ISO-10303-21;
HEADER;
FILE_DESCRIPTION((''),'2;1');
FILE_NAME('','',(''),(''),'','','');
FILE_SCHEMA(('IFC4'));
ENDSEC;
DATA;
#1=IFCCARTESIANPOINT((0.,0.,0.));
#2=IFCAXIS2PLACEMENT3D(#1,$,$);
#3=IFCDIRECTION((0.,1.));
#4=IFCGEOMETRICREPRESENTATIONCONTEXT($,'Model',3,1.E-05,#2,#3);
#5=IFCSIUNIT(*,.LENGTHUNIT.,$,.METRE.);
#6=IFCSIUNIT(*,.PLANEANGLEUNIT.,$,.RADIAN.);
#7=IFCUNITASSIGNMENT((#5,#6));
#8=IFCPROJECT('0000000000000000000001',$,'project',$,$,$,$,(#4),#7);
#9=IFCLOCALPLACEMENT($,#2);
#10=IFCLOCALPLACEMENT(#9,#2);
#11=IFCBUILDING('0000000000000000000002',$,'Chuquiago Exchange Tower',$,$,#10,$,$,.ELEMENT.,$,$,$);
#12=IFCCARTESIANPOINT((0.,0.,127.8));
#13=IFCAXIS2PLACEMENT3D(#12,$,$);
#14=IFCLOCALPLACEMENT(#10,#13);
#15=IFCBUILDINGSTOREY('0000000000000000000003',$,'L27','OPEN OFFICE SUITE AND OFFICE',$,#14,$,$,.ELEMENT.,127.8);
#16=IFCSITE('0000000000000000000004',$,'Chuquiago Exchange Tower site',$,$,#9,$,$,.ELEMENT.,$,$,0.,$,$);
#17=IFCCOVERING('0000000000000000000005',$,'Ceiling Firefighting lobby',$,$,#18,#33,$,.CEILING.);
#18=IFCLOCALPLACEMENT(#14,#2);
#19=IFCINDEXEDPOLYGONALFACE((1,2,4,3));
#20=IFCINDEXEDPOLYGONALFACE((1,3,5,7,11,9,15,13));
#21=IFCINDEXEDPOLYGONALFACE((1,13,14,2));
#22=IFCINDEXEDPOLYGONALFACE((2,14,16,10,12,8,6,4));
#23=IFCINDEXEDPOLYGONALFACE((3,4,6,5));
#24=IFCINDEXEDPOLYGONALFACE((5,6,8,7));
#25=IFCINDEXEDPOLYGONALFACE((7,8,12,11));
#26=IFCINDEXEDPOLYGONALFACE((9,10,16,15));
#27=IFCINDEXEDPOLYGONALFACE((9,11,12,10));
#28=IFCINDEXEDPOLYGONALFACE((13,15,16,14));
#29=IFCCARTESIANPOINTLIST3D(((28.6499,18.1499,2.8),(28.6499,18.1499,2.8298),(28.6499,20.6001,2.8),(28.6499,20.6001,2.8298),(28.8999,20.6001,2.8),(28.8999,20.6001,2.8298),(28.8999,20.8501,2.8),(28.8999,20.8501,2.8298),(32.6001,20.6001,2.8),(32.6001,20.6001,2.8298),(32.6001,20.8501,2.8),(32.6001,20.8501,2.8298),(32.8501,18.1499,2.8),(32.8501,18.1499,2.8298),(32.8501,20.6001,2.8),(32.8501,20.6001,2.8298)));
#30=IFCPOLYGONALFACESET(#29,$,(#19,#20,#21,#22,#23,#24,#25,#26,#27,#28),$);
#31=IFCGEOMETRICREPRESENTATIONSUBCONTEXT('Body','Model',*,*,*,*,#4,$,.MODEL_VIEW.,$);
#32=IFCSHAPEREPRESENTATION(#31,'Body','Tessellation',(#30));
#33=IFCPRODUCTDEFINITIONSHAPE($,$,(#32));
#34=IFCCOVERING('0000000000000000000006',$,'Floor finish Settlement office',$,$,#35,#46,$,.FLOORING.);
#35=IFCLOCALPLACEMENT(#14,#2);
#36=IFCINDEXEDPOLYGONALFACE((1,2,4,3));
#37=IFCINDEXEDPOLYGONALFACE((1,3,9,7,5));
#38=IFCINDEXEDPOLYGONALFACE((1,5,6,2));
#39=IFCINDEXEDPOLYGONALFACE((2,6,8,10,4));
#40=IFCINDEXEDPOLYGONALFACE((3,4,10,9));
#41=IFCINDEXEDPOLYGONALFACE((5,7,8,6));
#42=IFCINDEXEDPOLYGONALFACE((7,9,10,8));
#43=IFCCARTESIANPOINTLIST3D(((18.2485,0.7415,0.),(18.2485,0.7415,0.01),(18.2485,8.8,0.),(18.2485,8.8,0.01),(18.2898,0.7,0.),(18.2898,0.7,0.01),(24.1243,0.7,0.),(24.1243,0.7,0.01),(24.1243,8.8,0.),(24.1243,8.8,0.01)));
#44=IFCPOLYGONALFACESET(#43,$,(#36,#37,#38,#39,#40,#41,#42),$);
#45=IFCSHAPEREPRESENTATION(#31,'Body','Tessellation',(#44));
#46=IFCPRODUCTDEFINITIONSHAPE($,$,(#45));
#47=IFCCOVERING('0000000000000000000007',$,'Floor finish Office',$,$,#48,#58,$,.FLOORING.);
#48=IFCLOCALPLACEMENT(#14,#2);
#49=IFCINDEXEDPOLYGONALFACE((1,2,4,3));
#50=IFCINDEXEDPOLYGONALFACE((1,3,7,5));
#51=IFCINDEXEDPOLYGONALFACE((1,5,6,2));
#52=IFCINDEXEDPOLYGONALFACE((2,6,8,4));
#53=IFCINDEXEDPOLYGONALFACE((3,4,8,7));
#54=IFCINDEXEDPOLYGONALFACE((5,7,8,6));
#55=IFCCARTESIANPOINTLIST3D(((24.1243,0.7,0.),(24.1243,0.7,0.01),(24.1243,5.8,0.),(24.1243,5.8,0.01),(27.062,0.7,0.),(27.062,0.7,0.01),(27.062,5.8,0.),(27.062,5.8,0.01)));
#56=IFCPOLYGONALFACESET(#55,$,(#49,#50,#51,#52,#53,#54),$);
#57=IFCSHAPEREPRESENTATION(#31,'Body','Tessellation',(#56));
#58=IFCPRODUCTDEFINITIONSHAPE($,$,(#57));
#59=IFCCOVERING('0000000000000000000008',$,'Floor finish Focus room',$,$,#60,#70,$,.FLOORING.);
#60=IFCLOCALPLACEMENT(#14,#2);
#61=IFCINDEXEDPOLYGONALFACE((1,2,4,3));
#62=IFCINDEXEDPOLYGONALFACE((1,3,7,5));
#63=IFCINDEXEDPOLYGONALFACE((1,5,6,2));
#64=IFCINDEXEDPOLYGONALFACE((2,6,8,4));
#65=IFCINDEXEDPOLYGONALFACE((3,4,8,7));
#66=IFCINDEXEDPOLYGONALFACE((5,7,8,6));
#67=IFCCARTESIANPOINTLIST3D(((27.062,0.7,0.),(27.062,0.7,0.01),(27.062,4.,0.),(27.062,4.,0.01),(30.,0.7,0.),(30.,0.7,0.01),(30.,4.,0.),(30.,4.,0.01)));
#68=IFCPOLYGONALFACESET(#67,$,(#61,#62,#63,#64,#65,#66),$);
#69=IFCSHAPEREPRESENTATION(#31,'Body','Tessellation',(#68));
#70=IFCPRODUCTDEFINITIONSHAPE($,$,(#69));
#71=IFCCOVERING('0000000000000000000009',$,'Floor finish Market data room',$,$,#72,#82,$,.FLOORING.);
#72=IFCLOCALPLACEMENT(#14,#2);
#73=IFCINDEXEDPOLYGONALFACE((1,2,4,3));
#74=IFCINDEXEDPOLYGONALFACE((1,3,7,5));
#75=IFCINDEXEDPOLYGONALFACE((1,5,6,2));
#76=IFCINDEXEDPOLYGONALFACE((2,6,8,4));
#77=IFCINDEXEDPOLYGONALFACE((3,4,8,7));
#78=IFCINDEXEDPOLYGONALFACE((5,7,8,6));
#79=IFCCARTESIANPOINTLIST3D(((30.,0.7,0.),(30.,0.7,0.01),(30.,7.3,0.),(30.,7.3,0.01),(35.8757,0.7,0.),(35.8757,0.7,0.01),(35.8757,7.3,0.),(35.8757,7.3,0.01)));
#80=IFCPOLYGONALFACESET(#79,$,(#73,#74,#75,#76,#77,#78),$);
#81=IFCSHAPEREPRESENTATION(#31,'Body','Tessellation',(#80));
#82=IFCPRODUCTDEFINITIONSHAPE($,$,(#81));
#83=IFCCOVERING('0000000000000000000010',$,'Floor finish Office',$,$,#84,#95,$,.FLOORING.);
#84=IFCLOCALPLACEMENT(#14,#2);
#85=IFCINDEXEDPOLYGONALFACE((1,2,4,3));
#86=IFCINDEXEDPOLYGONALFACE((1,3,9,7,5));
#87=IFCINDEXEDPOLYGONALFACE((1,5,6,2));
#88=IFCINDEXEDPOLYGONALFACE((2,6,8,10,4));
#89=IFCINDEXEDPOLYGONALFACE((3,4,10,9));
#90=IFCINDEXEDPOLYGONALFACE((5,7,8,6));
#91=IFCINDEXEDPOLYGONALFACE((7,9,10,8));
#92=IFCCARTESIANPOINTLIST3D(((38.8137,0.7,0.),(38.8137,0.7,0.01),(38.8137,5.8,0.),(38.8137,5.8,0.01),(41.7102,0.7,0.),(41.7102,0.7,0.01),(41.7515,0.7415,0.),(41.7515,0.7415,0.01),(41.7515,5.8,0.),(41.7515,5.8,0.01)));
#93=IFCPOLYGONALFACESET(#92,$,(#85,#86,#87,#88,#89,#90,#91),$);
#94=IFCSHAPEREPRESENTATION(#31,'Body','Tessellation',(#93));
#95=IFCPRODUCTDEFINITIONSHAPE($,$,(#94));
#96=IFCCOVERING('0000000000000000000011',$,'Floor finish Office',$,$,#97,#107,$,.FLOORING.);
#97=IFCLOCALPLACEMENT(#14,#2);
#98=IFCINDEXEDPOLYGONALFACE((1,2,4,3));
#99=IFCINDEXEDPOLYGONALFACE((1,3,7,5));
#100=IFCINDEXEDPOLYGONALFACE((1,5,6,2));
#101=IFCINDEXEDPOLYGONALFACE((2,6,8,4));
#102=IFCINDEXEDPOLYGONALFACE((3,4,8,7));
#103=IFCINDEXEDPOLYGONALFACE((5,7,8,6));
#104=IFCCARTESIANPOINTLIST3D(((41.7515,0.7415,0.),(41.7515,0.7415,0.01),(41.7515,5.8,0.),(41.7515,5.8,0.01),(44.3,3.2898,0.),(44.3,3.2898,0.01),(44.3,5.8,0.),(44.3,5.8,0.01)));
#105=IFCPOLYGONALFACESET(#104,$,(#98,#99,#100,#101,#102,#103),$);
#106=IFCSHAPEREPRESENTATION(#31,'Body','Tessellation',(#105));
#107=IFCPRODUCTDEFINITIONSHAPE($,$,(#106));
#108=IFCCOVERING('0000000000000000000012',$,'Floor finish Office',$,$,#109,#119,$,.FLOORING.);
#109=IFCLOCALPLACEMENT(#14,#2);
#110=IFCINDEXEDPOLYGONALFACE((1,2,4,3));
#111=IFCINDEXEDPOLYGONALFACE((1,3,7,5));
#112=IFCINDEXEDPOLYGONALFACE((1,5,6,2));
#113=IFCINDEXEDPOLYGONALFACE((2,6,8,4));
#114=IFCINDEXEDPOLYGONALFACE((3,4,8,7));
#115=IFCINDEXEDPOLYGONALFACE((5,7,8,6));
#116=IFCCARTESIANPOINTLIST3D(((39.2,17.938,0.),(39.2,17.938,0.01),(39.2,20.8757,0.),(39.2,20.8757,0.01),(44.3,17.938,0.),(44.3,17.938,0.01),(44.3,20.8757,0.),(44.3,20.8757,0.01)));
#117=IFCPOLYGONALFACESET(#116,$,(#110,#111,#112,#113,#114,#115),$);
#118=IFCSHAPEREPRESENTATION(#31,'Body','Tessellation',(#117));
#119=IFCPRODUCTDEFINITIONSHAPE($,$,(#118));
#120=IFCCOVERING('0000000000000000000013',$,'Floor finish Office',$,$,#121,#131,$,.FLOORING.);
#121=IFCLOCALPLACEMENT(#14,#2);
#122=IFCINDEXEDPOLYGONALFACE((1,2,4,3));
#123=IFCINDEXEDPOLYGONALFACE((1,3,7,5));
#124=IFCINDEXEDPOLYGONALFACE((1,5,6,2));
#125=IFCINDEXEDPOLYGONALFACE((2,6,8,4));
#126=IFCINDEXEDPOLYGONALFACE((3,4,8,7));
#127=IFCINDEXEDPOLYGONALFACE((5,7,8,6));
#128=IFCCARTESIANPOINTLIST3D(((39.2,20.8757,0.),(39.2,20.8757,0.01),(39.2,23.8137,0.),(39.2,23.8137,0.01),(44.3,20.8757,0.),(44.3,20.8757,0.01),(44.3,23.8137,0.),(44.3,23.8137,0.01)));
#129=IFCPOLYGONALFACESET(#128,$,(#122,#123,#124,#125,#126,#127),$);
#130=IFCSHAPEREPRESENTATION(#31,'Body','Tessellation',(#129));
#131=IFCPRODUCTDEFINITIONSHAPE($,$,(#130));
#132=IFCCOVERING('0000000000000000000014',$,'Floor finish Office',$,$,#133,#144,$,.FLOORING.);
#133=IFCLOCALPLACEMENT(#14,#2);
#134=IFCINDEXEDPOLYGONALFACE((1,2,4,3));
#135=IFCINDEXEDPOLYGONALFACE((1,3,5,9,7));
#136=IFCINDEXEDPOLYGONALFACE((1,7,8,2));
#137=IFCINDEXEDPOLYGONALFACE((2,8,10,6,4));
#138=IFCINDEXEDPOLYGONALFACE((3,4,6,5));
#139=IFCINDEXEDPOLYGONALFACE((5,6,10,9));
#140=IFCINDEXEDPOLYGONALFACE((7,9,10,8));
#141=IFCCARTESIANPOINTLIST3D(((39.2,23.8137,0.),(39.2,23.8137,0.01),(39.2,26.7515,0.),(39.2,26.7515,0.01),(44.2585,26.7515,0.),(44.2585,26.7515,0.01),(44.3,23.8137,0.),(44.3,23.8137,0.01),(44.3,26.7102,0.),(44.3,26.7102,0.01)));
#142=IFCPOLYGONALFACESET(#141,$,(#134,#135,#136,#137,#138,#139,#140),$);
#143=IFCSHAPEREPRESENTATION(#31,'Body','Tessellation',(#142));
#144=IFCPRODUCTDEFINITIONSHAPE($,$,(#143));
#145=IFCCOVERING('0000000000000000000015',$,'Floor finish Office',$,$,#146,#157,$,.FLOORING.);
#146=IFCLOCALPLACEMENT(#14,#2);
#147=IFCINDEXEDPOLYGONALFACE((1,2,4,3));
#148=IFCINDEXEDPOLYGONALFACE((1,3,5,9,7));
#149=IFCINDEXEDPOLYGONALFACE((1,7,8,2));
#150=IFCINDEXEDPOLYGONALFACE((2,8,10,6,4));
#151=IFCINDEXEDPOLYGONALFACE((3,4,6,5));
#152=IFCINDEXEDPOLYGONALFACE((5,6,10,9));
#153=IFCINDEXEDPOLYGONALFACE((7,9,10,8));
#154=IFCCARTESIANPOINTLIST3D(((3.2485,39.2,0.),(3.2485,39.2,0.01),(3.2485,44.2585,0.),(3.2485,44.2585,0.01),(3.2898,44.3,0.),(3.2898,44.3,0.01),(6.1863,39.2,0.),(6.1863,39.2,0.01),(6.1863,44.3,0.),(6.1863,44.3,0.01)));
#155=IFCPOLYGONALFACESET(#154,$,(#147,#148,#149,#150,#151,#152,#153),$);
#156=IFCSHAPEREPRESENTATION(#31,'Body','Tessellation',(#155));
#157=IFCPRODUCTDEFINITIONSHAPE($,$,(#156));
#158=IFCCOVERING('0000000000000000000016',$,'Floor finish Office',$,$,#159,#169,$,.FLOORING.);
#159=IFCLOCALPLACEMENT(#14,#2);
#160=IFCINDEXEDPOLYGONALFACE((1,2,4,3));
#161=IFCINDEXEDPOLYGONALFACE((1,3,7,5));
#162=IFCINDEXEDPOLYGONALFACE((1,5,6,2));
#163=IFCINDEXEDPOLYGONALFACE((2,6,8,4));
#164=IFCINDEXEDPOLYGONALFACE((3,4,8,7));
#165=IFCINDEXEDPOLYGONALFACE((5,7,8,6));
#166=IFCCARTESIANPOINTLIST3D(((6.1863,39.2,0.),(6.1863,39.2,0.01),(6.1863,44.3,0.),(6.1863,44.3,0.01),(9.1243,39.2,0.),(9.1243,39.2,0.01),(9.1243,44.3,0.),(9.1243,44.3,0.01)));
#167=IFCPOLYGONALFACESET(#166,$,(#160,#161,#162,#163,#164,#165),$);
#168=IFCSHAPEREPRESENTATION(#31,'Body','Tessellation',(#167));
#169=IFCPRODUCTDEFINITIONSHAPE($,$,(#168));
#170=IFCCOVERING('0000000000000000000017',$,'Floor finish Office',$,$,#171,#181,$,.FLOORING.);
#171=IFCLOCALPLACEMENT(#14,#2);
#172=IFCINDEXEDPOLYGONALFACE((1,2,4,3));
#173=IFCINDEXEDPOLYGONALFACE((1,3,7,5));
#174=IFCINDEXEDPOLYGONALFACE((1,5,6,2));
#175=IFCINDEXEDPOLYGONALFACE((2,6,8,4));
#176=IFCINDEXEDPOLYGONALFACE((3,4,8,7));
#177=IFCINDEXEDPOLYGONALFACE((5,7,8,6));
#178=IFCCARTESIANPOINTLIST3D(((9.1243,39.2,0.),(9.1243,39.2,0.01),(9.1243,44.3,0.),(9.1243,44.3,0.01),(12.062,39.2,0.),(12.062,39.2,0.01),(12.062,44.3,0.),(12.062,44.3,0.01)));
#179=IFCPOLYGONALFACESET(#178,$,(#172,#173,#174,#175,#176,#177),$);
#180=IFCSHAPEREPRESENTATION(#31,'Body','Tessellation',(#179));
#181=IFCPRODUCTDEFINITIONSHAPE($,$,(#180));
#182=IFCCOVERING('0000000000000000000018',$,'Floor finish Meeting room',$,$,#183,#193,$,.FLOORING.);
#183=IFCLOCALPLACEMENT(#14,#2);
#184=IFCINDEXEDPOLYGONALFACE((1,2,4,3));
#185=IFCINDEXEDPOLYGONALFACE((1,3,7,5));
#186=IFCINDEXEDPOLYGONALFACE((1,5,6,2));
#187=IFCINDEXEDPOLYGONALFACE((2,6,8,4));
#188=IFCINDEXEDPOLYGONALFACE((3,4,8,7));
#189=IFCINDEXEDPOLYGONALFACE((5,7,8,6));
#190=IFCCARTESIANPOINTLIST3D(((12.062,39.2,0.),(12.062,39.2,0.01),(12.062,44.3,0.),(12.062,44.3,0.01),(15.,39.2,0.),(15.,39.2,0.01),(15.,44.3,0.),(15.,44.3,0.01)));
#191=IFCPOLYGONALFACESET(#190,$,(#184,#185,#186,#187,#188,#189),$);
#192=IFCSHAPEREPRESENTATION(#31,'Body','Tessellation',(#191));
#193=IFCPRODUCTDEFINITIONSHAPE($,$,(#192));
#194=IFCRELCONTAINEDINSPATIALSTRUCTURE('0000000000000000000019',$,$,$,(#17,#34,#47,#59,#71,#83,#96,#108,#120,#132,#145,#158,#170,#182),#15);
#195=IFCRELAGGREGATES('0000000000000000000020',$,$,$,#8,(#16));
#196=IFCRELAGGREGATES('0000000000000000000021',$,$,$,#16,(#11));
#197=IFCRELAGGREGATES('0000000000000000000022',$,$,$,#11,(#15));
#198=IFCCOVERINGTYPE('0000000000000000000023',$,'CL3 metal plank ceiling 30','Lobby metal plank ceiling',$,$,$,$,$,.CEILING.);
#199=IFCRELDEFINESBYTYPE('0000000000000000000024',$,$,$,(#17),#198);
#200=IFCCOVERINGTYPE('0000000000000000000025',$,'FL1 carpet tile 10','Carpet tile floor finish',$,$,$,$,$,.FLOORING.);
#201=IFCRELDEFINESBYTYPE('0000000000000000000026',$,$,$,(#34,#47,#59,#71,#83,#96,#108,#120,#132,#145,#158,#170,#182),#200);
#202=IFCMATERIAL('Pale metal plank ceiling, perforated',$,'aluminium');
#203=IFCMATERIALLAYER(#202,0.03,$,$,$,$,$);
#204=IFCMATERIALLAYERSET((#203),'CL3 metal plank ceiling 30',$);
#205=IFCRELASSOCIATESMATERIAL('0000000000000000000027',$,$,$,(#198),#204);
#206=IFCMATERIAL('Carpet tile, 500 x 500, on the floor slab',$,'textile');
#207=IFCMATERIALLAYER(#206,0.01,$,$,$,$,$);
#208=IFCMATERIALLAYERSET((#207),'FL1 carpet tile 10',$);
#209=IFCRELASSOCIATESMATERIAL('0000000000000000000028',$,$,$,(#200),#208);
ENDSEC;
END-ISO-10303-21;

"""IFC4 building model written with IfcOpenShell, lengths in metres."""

from ifc_helpers import new_model, si_unit, direction, frame, origin, place, context, subcontext, project, spatial, polyline, outline, extrude, material, layer, layer_set, type_object, element, save


model = new_model("IFC4")

# Units and contexts
model_context = context("Model", 3, precision=1e-05, world=origin(), true_north=direction((0.0, 1.0)))
body_context = subcontext(model_context, "Body", "Model", "MODEL_VIEW")
ifc_project = project(units=[si_unit("LENGTHUNIT", "METRE"), si_unit("PLANEANGLEUNIT", "RADIAN")], contexts=[model_context])

# Site, building, storey
site_placement = place(None, origin())
site = spatial("IfcSite", under=ifc_project, at=site_placement, Name="Chuquiago Exchange Tower site", CompositionType="ELEMENT", RefElevation=0.0)
building_placement = place(site_placement, origin())
building = spatial("IfcBuilding", under=site, at=building_placement, Name="Chuquiago Exchange Tower", CompositionType="ELEMENT")
storey_placement = place(building_placement, frame((0.0, 0.0, 127.8)))
storey = spatial("IfcBuildingStorey", under=building, at=storey_placement, Name="L27", Description="OPEN OFFICE SUITE AND OFFICE", CompositionType="ELEMENT", Elevation=127.8)

# Coverings
ifc_material_1 = material(Name="Pale metal plank ceiling, perforated", Category="aluminium")
ifc_layer_1 = layer(ifc_material_1, 0.03)
ifc_layer_set_1 = layer_set([ifc_layer_1], Name="CL3 metal plank ceiling 30")
covering_type_1 = type_object("IfcCoveringType", Name="CL3 metal plank ceiling 30", Description="Lobby metal plank ceiling", PredefinedType="CEILING", material=ifc_layer_set_1)
covering_1_placement = place(storey_placement, frame((0.0, 0.0, 2.8)))
element("IfcCovering", 1, at=covering_1_placement, inside=storey, type_object=covering_type_1, Name="Ceiling Firefighting lobby", PredefinedType="CEILING", context=body_context, shape_type="SweptSolid", body=[
    extrude(outline(polyline([(28.6499, 18.1499), (28.6499, 20.6001), (28.8999, 20.6001), (28.8999, 20.8501), (32.6001, 20.8501), (32.6001, 20.6001), (32.8501, 20.6001), (32.8501, 18.1499), (28.6499, 18.1499)])), origin(), (0.0, 0.0, 1.0), 0.0298),
])
ifc_material_2 = material(Name="Carpet tile, 500 x 500, on the floor slab", Category="textile")
ifc_layer_2 = layer(ifc_material_2, 0.01)
ifc_layer_set_2 = layer_set([ifc_layer_2], Name="FL1 carpet tile 10")
covering_type_2 = type_object("IfcCoveringType", Name="FL1 carpet tile 10", Description="Carpet tile floor finish", PredefinedType="FLOORING", material=ifc_layer_set_2)
covering_2_placement = place(storey_placement, origin())
element("IfcCovering", 2, at=covering_2_placement, inside=storey, type_object=covering_type_2, Name="Floor finish Settlement office", PredefinedType="FLOORING", context=body_context, shape_type="SweptSolid", body=[
    extrude(outline(polyline([(18.2898, 0.7), (18.2485, 0.7415), (18.2485, 8.8), (24.1243, 8.8), (24.1243, 0.7), (18.2898, 0.7)])), origin(), (0.0, 0.0, 1.0), 0.01),
])
covering_3_placement = place(storey_placement, origin())
element("IfcCovering", 3, at=covering_3_placement, inside=storey, type_object=covering_type_2, Name="Floor finish Office", PredefinedType="FLOORING", context=body_context, shape_type="SweptSolid", body=[
    extrude(outline(polyline([(24.1243, 0.7), (24.1243, 5.8), (27.062, 5.8), (27.062, 0.7), (24.1243, 0.7)])), origin(), (0.0, 0.0, 1.0), 0.01),
])
covering_4_placement = place(storey_placement, origin())
element("IfcCovering", 4, at=covering_4_placement, inside=storey, type_object=covering_type_2, Name="Floor finish Focus room", PredefinedType="FLOORING", context=body_context, shape_type="SweptSolid", body=[
    extrude(outline(polyline([(27.062, 0.7), (27.062, 4.0), (30.0, 4.0), (30.0, 0.7), (27.062, 0.7)])), origin(), (0.0, 0.0, 1.0), 0.01),
])
covering_5_placement = place(storey_placement, origin())
element("IfcCovering", 5, at=covering_5_placement, inside=storey, type_object=covering_type_2, Name="Floor finish Market data room", PredefinedType="FLOORING", context=body_context, shape_type="SweptSolid", body=[
    extrude(outline(polyline([(30.0, 0.7), (30.0, 7.3), (35.8757, 7.3), (35.8757, 0.7), (30.0, 0.7)])), origin(), (0.0, 0.0, 1.0), 0.01),
])
covering_6_placement = place(storey_placement, origin())
element("IfcCovering", 6, at=covering_6_placement, inside=storey, type_object=covering_type_2, Name="Floor finish Office", PredefinedType="FLOORING", context=body_context, shape_type="SweptSolid", body=[
    extrude(outline(polyline([(41.7102, 0.7), (38.8137, 0.7), (38.8137, 5.8), (41.7515, 5.8), (41.7515, 0.7415), (41.7102, 0.7)])), origin(), (0.0, 0.0, 1.0), 0.01),
])
covering_7_placement = place(storey_placement, origin())
element("IfcCovering", 7, at=covering_7_placement, inside=storey, type_object=covering_type_2, Name="Floor finish Office", PredefinedType="FLOORING", context=body_context, shape_type="SweptSolid", body=[
    extrude(outline(polyline([(44.3, 3.2898), (41.7515, 0.7415), (41.7515, 5.8), (44.3, 5.8), (44.3, 3.2898)])), origin(), (0.0, 0.0, 1.0), 0.01),
])
covering_8_placement = place(storey_placement, origin())
element("IfcCovering", 8, at=covering_8_placement, inside=storey, type_object=covering_type_2, Name="Floor finish Office", PredefinedType="FLOORING", context=body_context, shape_type="SweptSolid", body=[
    extrude(outline(polyline([(44.3, 17.938), (39.2, 17.938), (39.2, 20.8757), (44.3, 20.8757), (44.3, 17.938)])), origin(), (0.0, 0.0, 1.0), 0.01),
])
covering_9_placement = place(storey_placement, origin())
element("IfcCovering", 9, at=covering_9_placement, inside=storey, type_object=covering_type_2, Name="Floor finish Office", PredefinedType="FLOORING", context=body_context, shape_type="SweptSolid", body=[
    extrude(outline(polyline([(44.3, 20.8757), (39.2, 20.8757), (39.2, 23.8137), (44.3, 23.8137), (44.3, 20.8757)])), origin(), (0.0, 0.0, 1.0), 0.01),
])
covering_10_placement = place(storey_placement, origin())
element("IfcCovering", 10, at=covering_10_placement, inside=storey, type_object=covering_type_2, Name="Floor finish Office", PredefinedType="FLOORING", context=body_context, shape_type="SweptSolid", body=[
    extrude(outline(polyline([(44.3, 26.7102), (44.3, 23.8137), (39.2, 23.8137), (39.2, 26.7515), (44.2585, 26.7515), (44.3, 26.7102)])), origin(), (0.0, 0.0, 1.0), 0.01),
])
covering_11_placement = place(storey_placement, origin())
element("IfcCovering", 11, at=covering_11_placement, inside=storey, type_object=covering_type_2, Name="Floor finish Office", PredefinedType="FLOORING", context=body_context, shape_type="SweptSolid", body=[
    extrude(outline(polyline([(3.2898, 44.3), (6.1863, 44.3), (6.1863, 39.2), (3.2485, 39.2), (3.2485, 44.2585), (3.2898, 44.3)])), origin(), (0.0, 0.0, 1.0), 0.01),
])
covering_12_placement = place(storey_placement, origin())
element("IfcCovering", 12, at=covering_12_placement, inside=storey, type_object=covering_type_2, Name="Floor finish Office", PredefinedType="FLOORING", context=body_context, shape_type="SweptSolid", body=[
    extrude(outline(polyline([(9.1243, 44.3), (9.1243, 39.2), (6.1863, 39.2), (6.1863, 44.3), (9.1243, 44.3)])), origin(), (0.0, 0.0, 1.0), 0.01),
])
covering_13_placement = place(storey_placement, origin())
element("IfcCovering", 13, at=covering_13_placement, inside=storey, type_object=covering_type_2, Name="Floor finish Office", PredefinedType="FLOORING", context=body_context, shape_type="SweptSolid", body=[
    extrude(outline(polyline([(12.062, 44.3), (12.062, 39.2), (9.1243, 39.2), (9.1243, 44.3), (12.062, 44.3)])), origin(), (0.0, 0.0, 1.0), 0.01),
])
covering_14_placement = place(storey_placement, origin())
element("IfcCovering", 14, at=covering_14_placement, inside=storey, type_object=covering_type_2, Name="Floor finish Meeting room", PredefinedType="FLOORING", context=body_context, shape_type="SweptSolid", body=[
    extrude(outline(polyline([(15.0, 44.3), (15.0, 39.2), (12.062, 39.2), (12.062, 44.3), (15.0, 44.3)])), origin(), (0.0, 0.0, 1.0), 0.01),
])

save(model, "model.ifc")
